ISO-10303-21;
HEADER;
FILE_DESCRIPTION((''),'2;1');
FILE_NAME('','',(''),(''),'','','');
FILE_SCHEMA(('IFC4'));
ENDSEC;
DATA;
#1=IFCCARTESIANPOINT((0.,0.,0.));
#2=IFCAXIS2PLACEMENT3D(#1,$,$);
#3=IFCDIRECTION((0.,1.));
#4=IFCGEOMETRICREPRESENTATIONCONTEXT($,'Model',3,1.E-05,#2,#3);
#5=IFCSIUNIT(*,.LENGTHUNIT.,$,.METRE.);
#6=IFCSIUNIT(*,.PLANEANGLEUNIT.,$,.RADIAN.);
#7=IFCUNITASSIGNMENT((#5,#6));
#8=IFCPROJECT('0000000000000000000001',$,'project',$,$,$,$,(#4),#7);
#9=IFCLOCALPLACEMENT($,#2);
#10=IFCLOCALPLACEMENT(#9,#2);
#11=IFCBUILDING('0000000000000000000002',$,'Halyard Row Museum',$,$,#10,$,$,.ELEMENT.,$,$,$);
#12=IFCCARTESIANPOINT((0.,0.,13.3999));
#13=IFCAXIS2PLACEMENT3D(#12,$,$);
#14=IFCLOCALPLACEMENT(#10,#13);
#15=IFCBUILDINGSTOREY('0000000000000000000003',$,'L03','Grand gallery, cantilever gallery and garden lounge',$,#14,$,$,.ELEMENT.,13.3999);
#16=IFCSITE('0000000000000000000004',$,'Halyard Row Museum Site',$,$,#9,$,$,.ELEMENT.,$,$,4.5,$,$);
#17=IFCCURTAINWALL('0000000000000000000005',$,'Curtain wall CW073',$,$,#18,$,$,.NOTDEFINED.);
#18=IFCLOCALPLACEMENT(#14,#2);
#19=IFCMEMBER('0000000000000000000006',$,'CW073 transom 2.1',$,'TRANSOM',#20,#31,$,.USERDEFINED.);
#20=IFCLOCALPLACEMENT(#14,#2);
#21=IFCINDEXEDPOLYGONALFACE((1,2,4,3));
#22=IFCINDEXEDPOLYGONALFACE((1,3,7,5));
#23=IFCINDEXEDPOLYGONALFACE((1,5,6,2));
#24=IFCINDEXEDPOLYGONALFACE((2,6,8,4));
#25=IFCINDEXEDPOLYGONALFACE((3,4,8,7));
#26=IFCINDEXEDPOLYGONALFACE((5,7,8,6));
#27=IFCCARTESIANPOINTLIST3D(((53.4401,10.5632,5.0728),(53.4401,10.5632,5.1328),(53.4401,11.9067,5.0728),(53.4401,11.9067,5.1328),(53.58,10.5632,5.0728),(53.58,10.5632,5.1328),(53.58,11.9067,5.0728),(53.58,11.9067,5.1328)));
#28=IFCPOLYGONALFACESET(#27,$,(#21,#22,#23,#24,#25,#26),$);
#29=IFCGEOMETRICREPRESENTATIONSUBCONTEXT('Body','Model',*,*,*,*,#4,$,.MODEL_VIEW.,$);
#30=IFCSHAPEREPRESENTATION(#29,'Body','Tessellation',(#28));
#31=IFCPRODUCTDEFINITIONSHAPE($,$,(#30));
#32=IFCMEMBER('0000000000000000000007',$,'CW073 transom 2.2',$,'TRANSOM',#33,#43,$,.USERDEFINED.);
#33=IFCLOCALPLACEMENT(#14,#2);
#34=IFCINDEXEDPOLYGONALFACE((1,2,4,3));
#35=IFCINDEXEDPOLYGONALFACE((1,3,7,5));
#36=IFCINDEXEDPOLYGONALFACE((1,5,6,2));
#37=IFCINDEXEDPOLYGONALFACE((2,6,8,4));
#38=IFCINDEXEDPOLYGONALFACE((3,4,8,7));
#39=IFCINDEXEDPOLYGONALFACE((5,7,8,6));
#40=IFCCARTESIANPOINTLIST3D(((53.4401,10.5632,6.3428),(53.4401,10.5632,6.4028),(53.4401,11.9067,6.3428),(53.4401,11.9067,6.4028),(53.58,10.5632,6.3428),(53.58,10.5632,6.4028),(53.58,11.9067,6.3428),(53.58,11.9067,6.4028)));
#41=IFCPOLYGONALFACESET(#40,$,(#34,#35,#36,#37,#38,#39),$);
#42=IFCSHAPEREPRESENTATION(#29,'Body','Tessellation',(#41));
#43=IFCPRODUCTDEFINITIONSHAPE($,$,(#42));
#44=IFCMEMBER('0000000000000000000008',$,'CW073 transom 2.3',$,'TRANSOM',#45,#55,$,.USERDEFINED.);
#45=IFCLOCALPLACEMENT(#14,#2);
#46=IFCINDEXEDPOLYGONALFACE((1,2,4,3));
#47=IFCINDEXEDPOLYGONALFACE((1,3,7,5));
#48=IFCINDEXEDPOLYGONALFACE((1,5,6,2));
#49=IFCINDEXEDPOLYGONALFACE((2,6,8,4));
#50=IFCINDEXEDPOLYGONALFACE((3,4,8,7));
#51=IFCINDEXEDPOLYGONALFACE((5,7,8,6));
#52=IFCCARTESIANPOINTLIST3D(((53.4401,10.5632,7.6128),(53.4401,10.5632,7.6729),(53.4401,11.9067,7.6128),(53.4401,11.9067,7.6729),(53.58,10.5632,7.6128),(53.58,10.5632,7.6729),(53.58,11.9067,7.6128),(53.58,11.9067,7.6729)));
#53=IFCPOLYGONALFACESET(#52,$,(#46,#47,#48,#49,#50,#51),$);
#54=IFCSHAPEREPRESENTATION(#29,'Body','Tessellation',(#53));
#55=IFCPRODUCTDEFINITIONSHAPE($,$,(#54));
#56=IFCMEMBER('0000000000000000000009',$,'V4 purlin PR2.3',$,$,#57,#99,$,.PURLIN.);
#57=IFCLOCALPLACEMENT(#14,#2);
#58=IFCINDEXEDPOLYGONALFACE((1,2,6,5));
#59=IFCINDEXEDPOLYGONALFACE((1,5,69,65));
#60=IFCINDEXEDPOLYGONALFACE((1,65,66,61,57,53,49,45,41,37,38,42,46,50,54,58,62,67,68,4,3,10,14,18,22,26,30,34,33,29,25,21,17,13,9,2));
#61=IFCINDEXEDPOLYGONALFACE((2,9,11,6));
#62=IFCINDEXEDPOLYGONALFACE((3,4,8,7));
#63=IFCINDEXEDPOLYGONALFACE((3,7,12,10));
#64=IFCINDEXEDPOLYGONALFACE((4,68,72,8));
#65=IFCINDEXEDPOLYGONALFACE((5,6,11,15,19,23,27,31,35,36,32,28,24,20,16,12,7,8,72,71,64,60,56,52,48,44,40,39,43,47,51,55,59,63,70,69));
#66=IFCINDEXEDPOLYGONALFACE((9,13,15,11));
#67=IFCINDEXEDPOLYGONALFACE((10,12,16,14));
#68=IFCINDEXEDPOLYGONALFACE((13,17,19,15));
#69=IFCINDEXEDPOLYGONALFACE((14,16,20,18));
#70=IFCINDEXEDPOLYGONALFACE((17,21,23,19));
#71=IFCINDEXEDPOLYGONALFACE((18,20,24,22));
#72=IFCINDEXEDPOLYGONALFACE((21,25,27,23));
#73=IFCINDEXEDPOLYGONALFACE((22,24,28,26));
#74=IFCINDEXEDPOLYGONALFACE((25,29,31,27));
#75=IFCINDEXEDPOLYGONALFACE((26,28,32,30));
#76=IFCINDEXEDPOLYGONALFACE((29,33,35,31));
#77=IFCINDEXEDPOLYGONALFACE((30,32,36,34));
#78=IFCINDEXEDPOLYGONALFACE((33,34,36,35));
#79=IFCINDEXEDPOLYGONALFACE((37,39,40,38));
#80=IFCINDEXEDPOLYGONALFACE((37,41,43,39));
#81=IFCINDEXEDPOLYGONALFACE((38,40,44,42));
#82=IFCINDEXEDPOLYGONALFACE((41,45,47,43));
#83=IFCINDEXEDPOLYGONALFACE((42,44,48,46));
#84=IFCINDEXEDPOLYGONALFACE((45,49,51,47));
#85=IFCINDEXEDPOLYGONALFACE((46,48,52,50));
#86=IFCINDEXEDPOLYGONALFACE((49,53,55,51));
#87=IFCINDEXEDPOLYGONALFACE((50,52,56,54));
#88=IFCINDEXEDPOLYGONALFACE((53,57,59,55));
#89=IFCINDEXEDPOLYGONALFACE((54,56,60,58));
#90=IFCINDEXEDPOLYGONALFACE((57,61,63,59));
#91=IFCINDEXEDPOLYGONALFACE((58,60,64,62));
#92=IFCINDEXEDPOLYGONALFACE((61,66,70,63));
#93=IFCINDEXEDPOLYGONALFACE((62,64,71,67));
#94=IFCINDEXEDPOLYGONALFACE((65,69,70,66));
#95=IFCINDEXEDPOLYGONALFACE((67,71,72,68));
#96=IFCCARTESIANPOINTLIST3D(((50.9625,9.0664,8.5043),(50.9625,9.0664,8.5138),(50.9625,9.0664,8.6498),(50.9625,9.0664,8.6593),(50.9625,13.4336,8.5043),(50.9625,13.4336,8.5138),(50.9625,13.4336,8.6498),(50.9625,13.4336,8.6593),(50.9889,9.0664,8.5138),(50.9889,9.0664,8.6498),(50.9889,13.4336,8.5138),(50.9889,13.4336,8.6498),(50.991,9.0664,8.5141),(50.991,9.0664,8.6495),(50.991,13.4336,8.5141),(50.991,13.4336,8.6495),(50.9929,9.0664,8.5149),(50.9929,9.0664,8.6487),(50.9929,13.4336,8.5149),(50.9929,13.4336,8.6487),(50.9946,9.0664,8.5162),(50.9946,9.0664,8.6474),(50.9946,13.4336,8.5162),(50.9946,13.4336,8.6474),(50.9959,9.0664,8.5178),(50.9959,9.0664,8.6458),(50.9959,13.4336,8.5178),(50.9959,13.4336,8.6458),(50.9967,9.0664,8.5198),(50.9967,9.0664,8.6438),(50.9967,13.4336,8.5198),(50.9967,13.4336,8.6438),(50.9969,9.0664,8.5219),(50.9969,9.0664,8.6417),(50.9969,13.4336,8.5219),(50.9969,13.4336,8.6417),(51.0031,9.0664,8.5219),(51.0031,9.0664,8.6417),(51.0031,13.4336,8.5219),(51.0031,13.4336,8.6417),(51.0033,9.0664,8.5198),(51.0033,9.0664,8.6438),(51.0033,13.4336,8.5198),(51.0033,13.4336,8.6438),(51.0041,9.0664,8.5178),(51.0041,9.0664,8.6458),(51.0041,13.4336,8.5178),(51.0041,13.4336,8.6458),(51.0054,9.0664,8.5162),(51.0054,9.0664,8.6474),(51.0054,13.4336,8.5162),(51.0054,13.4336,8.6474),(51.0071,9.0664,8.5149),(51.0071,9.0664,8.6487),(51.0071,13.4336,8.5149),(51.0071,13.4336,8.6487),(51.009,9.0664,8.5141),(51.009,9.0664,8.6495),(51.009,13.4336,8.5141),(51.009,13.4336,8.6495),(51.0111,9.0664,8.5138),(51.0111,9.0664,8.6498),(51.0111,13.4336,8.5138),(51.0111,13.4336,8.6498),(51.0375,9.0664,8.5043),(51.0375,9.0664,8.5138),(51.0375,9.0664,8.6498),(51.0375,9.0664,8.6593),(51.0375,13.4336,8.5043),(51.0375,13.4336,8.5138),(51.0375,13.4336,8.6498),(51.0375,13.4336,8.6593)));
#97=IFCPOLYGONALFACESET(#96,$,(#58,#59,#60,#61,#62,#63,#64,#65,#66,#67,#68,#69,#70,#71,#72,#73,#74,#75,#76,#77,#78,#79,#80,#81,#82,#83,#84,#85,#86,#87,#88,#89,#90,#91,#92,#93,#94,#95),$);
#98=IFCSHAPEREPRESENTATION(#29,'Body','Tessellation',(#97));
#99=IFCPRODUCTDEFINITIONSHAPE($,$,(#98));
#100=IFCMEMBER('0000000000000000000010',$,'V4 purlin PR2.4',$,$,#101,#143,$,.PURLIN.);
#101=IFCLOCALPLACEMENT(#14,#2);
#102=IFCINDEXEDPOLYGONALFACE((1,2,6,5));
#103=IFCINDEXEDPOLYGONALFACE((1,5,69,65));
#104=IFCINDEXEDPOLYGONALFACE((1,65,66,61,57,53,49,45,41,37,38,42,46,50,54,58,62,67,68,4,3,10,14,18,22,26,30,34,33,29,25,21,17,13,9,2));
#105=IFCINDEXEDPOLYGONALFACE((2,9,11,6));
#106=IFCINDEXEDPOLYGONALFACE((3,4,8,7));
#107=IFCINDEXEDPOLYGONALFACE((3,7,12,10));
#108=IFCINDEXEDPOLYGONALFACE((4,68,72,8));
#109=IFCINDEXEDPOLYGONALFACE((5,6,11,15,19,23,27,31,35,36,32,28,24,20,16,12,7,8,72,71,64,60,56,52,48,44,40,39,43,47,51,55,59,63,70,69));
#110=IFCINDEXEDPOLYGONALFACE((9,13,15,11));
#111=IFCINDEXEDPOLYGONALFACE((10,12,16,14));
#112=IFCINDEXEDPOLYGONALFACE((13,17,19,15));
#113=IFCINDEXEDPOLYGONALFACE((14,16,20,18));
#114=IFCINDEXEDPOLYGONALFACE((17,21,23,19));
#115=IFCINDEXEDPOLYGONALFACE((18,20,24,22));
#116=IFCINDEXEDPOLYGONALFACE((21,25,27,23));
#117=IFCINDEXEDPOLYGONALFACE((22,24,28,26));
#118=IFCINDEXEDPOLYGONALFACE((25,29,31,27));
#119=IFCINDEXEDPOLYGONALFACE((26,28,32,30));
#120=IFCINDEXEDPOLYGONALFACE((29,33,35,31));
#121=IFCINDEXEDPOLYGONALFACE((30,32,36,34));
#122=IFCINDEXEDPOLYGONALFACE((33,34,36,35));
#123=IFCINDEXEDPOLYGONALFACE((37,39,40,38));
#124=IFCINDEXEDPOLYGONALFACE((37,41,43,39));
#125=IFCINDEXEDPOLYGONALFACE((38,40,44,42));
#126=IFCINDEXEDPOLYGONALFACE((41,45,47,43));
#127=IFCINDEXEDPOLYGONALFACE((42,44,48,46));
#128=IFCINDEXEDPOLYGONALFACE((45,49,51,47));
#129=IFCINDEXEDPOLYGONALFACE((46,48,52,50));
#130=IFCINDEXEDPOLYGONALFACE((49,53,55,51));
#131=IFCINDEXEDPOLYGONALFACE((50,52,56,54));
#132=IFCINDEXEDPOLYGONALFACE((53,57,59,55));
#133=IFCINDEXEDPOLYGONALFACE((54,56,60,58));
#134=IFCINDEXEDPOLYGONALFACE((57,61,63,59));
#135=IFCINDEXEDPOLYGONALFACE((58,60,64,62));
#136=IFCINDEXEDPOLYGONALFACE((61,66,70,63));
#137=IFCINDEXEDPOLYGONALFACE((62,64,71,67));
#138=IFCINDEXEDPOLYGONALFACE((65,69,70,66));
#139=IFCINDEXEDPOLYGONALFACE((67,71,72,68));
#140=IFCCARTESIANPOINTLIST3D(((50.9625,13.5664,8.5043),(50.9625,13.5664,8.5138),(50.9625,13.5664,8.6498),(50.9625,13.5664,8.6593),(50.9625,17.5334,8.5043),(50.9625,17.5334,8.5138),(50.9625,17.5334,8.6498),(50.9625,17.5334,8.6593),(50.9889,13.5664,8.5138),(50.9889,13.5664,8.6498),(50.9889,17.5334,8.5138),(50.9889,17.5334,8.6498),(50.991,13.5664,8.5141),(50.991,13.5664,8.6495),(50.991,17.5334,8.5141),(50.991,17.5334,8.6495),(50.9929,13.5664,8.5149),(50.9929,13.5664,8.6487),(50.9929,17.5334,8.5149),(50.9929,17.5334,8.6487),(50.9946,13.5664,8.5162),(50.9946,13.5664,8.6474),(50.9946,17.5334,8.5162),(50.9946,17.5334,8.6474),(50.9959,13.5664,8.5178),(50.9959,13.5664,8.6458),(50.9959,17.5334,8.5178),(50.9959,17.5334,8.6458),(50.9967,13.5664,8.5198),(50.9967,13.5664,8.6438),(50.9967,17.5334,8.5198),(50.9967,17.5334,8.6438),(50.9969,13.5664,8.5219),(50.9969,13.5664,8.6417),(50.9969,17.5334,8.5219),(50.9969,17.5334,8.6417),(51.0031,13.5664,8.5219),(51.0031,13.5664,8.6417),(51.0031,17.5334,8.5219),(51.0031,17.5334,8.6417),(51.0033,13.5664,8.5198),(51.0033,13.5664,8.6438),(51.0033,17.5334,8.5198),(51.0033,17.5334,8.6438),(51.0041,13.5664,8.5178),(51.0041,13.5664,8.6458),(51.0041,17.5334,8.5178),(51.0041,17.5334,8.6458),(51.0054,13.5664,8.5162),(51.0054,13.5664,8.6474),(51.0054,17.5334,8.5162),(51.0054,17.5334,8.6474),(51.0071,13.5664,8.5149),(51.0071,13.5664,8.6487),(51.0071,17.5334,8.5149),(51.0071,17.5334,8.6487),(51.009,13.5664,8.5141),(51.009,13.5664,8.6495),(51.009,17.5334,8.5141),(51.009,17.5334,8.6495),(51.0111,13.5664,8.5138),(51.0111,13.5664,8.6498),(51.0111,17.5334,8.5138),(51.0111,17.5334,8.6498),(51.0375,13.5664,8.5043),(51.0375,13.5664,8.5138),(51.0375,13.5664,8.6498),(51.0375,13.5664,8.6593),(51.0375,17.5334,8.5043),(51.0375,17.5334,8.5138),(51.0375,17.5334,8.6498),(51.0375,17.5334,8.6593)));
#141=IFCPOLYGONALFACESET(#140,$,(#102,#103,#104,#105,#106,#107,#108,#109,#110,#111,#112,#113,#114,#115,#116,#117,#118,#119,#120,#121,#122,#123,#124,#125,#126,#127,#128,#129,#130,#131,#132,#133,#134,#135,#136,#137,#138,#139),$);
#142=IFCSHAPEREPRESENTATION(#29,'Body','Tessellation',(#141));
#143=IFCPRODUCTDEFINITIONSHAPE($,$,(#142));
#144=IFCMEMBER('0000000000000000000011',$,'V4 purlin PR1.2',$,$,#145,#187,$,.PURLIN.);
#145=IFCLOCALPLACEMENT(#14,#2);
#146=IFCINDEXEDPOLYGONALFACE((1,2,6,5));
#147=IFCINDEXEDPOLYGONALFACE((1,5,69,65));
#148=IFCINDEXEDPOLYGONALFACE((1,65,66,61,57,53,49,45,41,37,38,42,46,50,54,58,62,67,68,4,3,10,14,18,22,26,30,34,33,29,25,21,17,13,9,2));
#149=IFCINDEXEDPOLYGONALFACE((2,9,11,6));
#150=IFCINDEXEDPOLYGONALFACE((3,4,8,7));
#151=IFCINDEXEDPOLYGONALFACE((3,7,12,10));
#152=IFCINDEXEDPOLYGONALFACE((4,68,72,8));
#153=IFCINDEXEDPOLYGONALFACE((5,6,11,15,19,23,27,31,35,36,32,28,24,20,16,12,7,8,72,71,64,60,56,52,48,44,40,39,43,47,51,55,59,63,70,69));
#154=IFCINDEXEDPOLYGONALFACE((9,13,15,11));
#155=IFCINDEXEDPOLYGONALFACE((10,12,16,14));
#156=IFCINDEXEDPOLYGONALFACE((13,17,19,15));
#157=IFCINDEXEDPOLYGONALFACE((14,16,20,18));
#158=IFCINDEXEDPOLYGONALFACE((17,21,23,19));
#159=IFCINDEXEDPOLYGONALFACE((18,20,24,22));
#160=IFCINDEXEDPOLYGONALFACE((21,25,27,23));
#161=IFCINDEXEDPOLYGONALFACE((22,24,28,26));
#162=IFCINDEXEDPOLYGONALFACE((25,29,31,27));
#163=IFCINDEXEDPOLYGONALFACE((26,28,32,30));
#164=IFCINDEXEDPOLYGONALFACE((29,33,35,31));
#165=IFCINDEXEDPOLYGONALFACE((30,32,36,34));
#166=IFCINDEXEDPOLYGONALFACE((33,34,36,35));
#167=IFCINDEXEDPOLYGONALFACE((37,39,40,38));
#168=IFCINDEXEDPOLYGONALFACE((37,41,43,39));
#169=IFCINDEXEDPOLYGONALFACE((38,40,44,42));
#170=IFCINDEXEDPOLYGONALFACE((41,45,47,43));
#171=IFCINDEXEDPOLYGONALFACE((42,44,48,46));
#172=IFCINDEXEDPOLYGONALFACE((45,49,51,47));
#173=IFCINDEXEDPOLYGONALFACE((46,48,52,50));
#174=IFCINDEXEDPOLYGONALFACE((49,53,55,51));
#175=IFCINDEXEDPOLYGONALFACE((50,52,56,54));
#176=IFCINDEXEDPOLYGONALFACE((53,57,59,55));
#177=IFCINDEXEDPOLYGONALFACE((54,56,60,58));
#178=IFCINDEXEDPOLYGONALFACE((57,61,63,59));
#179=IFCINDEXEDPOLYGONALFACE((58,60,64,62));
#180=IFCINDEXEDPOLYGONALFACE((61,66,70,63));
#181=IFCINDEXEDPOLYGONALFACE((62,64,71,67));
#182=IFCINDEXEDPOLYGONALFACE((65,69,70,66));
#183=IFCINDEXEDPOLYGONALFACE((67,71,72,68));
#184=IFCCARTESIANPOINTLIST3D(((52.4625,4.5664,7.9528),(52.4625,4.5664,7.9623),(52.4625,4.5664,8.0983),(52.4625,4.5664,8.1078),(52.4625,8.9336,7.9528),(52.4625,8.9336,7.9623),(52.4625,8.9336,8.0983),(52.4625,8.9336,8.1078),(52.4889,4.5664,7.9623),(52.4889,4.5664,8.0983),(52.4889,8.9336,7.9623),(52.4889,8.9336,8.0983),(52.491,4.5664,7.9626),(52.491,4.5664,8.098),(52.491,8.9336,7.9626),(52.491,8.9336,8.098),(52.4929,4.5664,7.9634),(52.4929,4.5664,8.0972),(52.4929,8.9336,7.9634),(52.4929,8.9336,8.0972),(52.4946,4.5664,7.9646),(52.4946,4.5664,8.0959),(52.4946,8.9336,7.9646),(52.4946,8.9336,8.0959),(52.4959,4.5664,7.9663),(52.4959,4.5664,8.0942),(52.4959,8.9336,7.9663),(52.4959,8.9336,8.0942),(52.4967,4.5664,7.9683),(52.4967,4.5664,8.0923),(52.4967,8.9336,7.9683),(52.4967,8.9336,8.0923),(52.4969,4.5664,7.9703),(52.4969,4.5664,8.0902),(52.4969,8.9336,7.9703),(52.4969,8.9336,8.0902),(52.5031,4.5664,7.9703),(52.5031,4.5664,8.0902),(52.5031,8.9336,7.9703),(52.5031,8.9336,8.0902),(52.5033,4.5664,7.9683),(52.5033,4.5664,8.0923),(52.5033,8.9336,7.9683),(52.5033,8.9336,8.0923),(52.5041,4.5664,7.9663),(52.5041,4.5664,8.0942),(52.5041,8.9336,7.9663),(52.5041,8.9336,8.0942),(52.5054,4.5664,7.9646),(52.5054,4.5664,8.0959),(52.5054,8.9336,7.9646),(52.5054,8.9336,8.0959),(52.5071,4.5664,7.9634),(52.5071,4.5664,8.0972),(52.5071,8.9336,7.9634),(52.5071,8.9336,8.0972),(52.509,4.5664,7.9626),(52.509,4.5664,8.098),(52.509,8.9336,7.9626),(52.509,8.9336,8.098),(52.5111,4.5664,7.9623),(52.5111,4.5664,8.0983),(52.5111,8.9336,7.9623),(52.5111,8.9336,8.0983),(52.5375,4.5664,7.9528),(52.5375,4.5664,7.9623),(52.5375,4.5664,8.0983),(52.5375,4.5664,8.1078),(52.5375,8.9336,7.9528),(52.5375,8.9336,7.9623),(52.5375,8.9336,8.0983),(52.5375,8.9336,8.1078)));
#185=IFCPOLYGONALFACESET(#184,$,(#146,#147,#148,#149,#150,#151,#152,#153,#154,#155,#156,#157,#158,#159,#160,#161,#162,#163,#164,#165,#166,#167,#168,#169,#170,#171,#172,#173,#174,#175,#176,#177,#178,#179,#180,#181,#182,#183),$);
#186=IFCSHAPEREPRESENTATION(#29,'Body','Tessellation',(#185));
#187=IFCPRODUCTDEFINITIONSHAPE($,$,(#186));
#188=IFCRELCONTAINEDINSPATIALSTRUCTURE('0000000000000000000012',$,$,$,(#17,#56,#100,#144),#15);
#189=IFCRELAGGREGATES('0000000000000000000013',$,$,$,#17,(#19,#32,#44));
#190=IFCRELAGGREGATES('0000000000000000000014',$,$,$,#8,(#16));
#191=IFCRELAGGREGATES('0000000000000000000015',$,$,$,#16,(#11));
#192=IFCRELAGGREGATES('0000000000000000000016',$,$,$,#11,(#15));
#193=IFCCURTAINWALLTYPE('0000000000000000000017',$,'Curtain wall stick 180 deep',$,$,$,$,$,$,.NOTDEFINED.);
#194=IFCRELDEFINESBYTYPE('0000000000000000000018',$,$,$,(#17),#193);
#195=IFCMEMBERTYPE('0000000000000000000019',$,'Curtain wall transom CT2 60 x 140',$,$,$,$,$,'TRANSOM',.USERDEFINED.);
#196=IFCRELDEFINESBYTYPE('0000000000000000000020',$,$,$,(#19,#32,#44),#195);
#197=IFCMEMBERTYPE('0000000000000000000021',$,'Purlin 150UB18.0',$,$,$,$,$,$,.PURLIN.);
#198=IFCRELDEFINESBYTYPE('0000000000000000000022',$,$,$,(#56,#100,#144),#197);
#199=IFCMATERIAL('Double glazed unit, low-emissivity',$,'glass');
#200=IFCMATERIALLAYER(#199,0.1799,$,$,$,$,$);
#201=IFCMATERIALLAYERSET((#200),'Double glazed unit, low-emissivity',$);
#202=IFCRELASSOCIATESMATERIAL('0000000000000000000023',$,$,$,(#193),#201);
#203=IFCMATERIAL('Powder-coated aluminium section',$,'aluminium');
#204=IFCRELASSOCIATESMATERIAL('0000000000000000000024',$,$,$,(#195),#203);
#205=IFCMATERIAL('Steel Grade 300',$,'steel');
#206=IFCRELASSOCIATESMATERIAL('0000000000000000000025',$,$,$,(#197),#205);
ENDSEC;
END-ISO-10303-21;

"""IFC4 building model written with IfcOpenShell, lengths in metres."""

from ifc_helpers import new_model, si_unit, direction, frame, origin, origin_2d, place, context, subcontext, project, spatial, rectangle, i_section, extrude, material, layer, layer_set, material_profile, profile_set, type_object, element, aggregate, save


model = new_model("IFC4")

# Units and contexts
model_context = context("Model", 3, precision=1e-05, world=origin(), true_north=direction((0.0, 1.0)))
body_context = subcontext(model_context, "Body", "Model", "MODEL_VIEW")
ifc_project = project(units=[si_unit("LENGTHUNIT", "METRE"), si_unit("PLANEANGLEUNIT", "RADIAN")], contexts=[model_context])

# Site, building, storey
site_placement = place(None, origin())
site = spatial("IfcSite", under=ifc_project, at=site_placement, Name="Halyard Row Museum Site", CompositionType="ELEMENT", RefElevation=4.5)
building_placement = place(site_placement, origin())
building = spatial("IfcBuilding", under=site, at=building_placement, Name="Halyard Row Museum", CompositionType="ELEMENT")
storey_placement = place(building_placement, frame((0.0, 0.0, 13.3999)))
storey = spatial("IfcBuildingStorey", under=building, at=storey_placement, Name="L03", Description="Grand gallery, cantilever gallery and garden lounge", CompositionType="ELEMENT", Elevation=13.3999)

# Curtain wall
ifc_material_1 = material(Name="Double glazed unit, low-emissivity", Category="glass")
ifc_layer_1 = layer(ifc_material_1, 0.1799)
ifc_layer_set_1 = layer_set([ifc_layer_1], Name="Double glazed unit, low-emissivity")
curtain_wall_type = type_object("IfcCurtainWallType", Name="Curtain wall stick 180 deep", PredefinedType="NOTDEFINED", material=ifc_layer_set_1)
curtain_wall_1_placement = place(storey_placement, origin())
curtain_wall_1 = element("IfcCurtainWall", 1, at=curtain_wall_1_placement, inside=storey, type_object=curtain_wall_type, Name="Curtain wall CW073", PredefinedType="NOTDEFINED")

# Members
ifc_material_2 = material(Name="Powder-coated aluminium section", Category="aluminium")
ifc_material_profile_1 = material_profile(ifc_material_2, rectangle(XDim=0.1399, YDim=0.0601, at=origin_2d()), Name="140x60 transom")
ifc_profile_set_1 = profile_set([ifc_material_profile_1], Name="Powder-coated aluminium section")
member_type_1 = type_object("IfcMemberType", Name="Curtain wall transom CT2 60 x 140", ElementType="TRANSOM", PredefinedType="USERDEFINED", material=ifc_profile_set_1)
member_1_placement = place(storey_placement, frame((53.51, 10.5632, 5.1028), z_axis=(0.0, 1.0, 0.0), x_axis=(-1.0, 0.0, 0.0)))
member_1 = element("IfcMember", 2, at=member_1_placement, type_object=member_type_1, Name="CW073 transom 2.1", ObjectType="TRANSOM", PredefinedType="USERDEFINED", context=body_context, shape_type="SweptSolid", body=[
    extrude(rectangle(XDim=0.1399, YDim=0.0601, at=origin_2d()), origin(), (0.0, 0.0, 1.0), 1.3435),
])
member_2_placement = place(storey_placement, frame((53.51, 10.5632, 6.3728), z_axis=(0.0, 1.0, 0.0), x_axis=(-1.0, 0.0, 0.0)))
member_2 = element("IfcMember", 3, at=member_2_placement, type_object=member_type_1, Name="CW073 transom 2.2", ObjectType="TRANSOM", PredefinedType="USERDEFINED", context=body_context, shape_type="SweptSolid", body=[
    extrude(rectangle(XDim=0.1399, YDim=0.0601, at=origin_2d()), origin(), (0.0, 0.0, 1.0), 1.3435),
])
member_3_placement = place(storey_placement, frame((53.51, 10.5632, 7.6428), z_axis=(0.0, 1.0, 0.0), x_axis=(-1.0, 0.0, 0.0)))
member_3 = element("IfcMember", 4, at=member_3_placement, type_object=member_type_1, Name="CW073 transom 2.3", ObjectType="TRANSOM", PredefinedType="USERDEFINED", context=body_context, shape_type="SweptSolid", body=[
    extrude(rectangle(XDim=0.1399, YDim=0.0601, at=origin_2d()), origin(), (0.0, 0.0, 1.0), 1.3435),
])

# Members
ifc_material_3 = material(Name="Steel Grade 300", Category="steel")
ifc_material_profile_2 = material_profile(ifc_material_3, i_section(OverallWidth=0.075, OverallDepth=0.155, WebThickness=0.0061, FlangeThickness=0.0095, FilletRadius=0.0081, at=origin_2d()), Name="150UB18.0")
ifc_profile_set_2 = profile_set([ifc_material_profile_2], Name="Steel Grade 300")
member_type_2 = type_object("IfcMemberType", Name="Purlin 150UB18.0", PredefinedType="PURLIN", material=ifc_profile_set_2)
member_4_placement = place(storey_placement, frame((51.0, 9.0664, 8.5818), z_axis=(0.0, 1.0, 0.0), x_axis=(-1.0, 0.0, 0.0)))
element("IfcMember", 5, at=member_4_placement, inside=storey, type_object=member_type_2, Name="V4 purlin PR2.3", PredefinedType="PURLIN", context=body_context, shape_type="SweptSolid", body=[
    extrude(i_section(OverallWidth=0.075, OverallDepth=0.155, WebThickness=0.0061, FlangeThickness=0.0095, FilletRadius=0.0081, at=origin_2d()), origin(), (0.0, 0.0, 1.0), 4.3672),
])
member_5_placement = place(storey_placement, frame((51.0, 13.5664, 8.5818), z_axis=(0.0, 1.0, 0.0), x_axis=(-1.0, 0.0, 0.0)))
element("IfcMember", 6, at=member_5_placement, inside=storey, type_object=member_type_2, Name="V4 purlin PR2.4", PredefinedType="PURLIN", context=body_context, shape_type="SweptSolid", body=[
    extrude(i_section(OverallWidth=0.075, OverallDepth=0.155, WebThickness=0.0061, FlangeThickness=0.0095, FilletRadius=0.0081, at=origin_2d()), origin(), (0.0, 0.0, 1.0), 3.967),
])
for number, where, z_axis, x_axis, name in (
    (7, (52.5, 4.5664, 8.0303), (0.0, 1.0, 0.0), (-1.0, 0.0, 0.0), "V4 purlin PR1.2"),
):
    element("IfcMember", number, at=place(storey_placement, frame(where, z_axis=z_axis, x_axis=x_axis)), inside=storey, type_object=member_type_2, Name=name, PredefinedType="PURLIN", context=body_context, shape_type="SweptSolid", body=[
        extrude(i_section(OverallWidth=0.075, OverallDepth=0.155, WebThickness=0.0061, FlangeThickness=0.0095, FilletRadius=0.0081, at=origin_2d()), origin(), (0.0, 0.0, 1.0), 4.3672),
    ])

aggregate(curtain_wall_1, [member_1, member_2, member_3])

save(model, "model.ifc")
